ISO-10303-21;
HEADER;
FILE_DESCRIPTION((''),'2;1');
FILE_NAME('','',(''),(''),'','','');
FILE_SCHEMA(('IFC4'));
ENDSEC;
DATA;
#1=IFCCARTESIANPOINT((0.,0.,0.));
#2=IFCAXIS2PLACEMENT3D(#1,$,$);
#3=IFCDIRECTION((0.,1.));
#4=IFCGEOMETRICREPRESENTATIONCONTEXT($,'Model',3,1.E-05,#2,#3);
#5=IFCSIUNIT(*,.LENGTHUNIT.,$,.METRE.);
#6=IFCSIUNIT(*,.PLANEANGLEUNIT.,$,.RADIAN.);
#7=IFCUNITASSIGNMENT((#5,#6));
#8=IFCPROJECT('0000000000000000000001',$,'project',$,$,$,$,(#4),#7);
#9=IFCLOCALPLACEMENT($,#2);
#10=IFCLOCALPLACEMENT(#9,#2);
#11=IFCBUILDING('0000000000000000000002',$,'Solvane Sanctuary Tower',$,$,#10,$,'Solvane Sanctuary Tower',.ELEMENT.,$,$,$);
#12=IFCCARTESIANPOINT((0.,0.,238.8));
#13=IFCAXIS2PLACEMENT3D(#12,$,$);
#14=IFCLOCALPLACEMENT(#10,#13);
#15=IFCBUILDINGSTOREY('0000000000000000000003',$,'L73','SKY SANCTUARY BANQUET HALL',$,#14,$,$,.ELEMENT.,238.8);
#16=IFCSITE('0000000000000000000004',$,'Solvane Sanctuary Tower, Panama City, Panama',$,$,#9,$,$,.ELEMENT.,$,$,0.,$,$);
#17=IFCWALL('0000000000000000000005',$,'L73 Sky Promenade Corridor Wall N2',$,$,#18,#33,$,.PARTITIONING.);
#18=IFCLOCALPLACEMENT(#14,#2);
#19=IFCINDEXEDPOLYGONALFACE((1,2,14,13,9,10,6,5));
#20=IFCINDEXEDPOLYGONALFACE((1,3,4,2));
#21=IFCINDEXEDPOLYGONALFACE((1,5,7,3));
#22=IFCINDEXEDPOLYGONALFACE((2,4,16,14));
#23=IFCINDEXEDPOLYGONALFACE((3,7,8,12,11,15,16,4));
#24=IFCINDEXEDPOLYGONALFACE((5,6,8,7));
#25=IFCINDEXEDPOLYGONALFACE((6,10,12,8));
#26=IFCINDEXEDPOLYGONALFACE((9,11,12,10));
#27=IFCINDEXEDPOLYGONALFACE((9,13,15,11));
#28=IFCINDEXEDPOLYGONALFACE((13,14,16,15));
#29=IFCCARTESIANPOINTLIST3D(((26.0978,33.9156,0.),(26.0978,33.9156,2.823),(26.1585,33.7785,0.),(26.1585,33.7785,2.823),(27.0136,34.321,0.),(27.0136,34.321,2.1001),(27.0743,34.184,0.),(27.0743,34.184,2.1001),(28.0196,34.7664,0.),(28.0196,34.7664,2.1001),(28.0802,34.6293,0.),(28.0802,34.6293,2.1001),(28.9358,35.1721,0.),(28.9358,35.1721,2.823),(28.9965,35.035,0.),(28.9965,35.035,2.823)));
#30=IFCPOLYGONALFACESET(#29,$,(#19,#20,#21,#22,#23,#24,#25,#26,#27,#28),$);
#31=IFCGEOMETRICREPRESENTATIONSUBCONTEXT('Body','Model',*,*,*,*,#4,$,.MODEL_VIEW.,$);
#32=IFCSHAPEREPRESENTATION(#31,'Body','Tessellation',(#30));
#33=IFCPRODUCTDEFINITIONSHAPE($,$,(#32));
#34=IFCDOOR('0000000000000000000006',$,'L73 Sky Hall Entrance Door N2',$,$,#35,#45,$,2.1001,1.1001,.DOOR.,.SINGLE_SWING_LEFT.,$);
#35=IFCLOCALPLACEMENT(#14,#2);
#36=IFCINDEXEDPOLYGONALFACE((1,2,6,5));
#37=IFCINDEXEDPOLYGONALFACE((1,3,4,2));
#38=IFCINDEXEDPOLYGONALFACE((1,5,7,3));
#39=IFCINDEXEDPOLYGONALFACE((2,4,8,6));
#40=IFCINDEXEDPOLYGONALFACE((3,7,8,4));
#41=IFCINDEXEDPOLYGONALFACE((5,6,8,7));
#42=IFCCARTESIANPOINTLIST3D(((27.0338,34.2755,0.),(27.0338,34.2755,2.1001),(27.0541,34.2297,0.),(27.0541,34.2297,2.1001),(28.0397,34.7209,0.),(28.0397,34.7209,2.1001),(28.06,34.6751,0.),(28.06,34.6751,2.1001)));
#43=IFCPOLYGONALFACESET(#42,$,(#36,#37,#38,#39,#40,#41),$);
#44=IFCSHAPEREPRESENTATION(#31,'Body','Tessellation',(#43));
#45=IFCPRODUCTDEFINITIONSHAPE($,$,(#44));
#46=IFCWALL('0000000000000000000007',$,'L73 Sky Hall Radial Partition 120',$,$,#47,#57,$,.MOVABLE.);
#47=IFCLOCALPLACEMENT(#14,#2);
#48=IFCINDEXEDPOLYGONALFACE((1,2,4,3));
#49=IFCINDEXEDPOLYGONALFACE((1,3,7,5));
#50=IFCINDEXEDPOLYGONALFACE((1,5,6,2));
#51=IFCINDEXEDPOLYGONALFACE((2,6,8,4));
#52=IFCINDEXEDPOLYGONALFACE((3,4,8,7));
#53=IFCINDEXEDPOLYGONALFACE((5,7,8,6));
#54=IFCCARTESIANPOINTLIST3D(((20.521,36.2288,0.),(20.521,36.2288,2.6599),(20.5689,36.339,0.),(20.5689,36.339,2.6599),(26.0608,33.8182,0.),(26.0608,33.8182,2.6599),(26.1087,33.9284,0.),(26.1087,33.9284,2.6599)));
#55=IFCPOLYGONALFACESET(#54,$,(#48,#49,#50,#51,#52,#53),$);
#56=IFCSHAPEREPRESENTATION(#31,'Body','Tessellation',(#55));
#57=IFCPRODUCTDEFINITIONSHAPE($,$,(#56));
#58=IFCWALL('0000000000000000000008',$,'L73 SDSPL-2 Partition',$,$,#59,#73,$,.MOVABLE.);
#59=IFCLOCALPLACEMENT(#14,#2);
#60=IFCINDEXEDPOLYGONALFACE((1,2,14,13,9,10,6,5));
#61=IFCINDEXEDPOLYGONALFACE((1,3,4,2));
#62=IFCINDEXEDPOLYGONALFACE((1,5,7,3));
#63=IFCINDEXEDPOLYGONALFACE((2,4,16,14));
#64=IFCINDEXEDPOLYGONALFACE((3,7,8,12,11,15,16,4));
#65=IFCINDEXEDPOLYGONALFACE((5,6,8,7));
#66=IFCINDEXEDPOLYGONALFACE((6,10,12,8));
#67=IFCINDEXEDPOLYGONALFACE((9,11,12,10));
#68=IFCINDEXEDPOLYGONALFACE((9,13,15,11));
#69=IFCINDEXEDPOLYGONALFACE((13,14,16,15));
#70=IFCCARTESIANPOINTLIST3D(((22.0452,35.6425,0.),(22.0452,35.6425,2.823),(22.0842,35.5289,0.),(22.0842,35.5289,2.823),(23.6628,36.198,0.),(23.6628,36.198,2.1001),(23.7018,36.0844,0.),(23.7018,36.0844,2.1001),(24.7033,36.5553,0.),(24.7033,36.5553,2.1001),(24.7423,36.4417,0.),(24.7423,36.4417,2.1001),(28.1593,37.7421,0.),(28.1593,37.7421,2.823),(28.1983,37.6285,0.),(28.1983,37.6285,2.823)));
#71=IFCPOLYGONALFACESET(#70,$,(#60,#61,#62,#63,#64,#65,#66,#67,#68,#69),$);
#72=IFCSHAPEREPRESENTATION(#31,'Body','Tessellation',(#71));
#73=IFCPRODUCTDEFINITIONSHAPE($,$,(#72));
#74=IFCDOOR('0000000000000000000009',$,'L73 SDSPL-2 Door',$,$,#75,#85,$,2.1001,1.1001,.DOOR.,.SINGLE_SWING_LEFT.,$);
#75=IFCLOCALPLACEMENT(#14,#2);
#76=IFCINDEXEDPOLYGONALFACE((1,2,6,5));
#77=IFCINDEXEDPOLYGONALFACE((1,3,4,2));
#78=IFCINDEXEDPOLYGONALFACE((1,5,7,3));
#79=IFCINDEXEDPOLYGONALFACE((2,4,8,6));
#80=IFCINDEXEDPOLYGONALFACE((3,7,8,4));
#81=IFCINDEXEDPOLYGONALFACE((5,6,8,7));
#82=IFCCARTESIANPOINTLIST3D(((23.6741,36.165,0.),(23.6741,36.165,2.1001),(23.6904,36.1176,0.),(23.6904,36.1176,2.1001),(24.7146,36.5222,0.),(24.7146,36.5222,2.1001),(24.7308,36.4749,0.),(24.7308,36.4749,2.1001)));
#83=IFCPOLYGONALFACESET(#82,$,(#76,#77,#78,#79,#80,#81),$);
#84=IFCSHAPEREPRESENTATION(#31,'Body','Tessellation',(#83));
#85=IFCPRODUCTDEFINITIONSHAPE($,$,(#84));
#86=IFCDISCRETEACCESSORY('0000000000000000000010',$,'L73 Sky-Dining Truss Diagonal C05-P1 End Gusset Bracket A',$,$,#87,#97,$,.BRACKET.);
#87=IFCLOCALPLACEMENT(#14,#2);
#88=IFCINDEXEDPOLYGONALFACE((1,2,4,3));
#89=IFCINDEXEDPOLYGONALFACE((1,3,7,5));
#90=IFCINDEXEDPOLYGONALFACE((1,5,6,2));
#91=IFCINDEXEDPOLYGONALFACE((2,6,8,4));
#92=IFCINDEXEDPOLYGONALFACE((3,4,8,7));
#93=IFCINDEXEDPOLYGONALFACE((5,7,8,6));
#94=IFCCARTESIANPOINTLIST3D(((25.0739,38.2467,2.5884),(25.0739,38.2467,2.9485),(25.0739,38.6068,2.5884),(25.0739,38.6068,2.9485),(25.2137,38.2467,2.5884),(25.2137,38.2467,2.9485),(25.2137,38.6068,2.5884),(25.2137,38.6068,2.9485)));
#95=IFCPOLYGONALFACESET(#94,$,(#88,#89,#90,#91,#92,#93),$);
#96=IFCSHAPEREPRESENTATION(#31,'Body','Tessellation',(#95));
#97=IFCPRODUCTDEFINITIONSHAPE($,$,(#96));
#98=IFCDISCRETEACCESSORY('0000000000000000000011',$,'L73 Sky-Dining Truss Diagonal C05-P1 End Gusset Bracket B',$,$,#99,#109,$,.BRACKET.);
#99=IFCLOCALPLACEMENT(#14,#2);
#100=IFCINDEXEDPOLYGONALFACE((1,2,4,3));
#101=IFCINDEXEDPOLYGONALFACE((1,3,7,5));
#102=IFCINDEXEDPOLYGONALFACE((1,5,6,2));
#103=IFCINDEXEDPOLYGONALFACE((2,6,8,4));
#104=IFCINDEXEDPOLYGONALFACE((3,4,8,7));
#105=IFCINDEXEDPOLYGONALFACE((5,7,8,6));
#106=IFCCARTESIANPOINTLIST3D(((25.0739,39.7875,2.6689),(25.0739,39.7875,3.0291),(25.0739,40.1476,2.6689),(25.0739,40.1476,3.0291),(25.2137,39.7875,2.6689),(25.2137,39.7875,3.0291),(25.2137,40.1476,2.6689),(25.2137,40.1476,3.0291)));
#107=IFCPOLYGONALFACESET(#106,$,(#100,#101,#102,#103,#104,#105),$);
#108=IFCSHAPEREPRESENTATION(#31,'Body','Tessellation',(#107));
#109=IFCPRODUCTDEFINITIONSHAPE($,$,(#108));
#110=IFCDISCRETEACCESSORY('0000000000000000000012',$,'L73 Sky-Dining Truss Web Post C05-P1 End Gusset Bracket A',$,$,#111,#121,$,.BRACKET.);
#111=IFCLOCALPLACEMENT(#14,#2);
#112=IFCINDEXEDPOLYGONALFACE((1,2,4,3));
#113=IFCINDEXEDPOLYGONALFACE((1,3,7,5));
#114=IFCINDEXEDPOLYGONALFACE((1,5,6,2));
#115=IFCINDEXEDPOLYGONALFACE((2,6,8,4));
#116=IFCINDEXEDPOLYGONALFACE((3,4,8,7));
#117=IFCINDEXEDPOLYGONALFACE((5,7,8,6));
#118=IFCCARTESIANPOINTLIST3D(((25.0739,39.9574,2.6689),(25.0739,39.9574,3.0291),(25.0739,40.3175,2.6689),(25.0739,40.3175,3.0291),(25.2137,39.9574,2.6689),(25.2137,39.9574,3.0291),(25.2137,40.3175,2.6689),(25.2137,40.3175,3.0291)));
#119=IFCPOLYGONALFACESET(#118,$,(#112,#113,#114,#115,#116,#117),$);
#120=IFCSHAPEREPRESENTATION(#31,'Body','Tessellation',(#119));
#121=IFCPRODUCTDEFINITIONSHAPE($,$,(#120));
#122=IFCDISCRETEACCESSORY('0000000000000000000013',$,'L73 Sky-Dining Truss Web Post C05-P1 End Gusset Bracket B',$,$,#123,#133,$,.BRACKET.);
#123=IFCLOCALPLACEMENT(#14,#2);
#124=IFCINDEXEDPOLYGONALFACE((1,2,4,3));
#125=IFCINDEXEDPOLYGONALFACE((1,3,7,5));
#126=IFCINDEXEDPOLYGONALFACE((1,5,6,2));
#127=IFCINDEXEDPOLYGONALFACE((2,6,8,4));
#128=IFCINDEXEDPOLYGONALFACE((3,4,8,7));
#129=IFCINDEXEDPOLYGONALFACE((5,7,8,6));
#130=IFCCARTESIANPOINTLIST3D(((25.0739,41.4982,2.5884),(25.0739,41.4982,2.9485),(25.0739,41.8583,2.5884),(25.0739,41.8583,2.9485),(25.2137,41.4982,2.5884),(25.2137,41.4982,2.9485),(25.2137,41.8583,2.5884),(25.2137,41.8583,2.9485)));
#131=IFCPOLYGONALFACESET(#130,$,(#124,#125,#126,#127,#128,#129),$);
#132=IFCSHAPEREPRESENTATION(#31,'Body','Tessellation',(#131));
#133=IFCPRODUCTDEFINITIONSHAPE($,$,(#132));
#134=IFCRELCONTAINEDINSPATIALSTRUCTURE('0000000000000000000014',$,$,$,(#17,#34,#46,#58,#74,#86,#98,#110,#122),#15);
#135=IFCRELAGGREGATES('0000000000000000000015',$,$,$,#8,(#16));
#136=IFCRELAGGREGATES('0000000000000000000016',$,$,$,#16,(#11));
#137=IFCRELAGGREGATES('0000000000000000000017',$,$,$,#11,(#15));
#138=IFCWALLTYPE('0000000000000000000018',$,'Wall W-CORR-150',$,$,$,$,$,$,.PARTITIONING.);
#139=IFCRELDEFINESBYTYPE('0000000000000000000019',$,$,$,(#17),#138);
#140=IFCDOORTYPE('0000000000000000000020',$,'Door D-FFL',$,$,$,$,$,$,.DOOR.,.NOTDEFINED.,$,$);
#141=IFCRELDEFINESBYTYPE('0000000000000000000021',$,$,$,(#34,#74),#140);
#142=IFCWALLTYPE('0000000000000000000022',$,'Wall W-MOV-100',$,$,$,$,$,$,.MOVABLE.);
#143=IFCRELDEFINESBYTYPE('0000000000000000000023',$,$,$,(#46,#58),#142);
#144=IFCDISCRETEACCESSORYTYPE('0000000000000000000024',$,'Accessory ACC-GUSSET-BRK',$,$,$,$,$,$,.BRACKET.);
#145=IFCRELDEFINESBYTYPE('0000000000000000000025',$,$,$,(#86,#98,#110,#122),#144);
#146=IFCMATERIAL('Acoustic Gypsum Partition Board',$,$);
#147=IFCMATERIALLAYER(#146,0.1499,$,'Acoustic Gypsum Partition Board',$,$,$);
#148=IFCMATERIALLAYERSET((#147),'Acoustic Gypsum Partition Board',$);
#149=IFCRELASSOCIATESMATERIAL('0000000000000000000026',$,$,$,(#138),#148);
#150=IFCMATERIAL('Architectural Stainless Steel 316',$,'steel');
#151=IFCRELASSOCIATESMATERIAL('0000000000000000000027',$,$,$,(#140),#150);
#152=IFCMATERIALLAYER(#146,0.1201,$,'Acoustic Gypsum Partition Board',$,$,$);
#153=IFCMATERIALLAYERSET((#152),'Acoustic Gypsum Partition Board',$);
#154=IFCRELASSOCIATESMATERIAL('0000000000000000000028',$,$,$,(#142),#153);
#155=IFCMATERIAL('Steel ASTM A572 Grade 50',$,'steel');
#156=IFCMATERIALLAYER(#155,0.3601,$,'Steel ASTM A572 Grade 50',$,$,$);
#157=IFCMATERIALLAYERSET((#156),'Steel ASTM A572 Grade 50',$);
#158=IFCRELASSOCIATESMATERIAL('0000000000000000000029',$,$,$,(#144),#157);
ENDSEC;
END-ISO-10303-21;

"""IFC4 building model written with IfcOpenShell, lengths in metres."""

from ifc_helpers import new_model, si_unit, direction, frame, frame_2d, origin, origin_2d, place, context, subcontext, project, spatial, rectangle, extrude, material, layer, layer_set, type_object, element, fill, save


model = new_model("IFC4")

# Units and contexts
model_context = context("Model", 3, precision=1e-05, world=origin(), true_north=direction((0.0, 1.0)))
body_context = subcontext(model_context, "Body", "Model", "MODEL_VIEW")
ifc_project = project(units=[si_unit("LENGTHUNIT", "METRE"), si_unit("PLANEANGLEUNIT", "RADIAN")], contexts=[model_context])

# Site, building, storey
site_placement = place(None, origin())
site = spatial("IfcSite", under=ifc_project, at=site_placement, Name="Solvane Sanctuary Tower, Panama City, Panama", CompositionType="ELEMENT", RefElevation=0.0)
building_placement = place(site_placement, origin())
building = spatial("IfcBuilding", under=site, at=building_placement, Name="Solvane Sanctuary Tower", LongName="Solvane Sanctuary Tower", CompositionType="ELEMENT")
storey_placement = place(building_placement, frame((0.0, 0.0, 238.8)))
storey = spatial("IfcBuildingStorey", under=building, at=storey_placement, Name="L73", Description="SKY SANCTUARY BANQUET HALL", CompositionType="ELEMENT", Elevation=238.8)

# Shared definitions
ifc_material_1 = material(Name="Acoustic Gypsum Partition Board")
ifc_layer_1 = layer(ifc_material_1, 0.1499, Name="Acoustic Gypsum Partition Board")
ifc_layer_set_1 = layer_set([ifc_layer_1], Name="Acoustic Gypsum Partition Board")
wall_type_1 = type_object("IfcWallType", Name="Wall W-CORR-150", PredefinedType="PARTITIONING", material=ifc_layer_set_1)

# Wall, opening, door
wall_1_placement = place(storey_placement, frame((28.9661, 35.1035, 0.0), z_axis=(0.0, 0.0, 1.0), x_axis=(-0.914385, -0.404846, 0.0)))
wall_1 = element("IfcWall", 1, at=wall_1_placement, inside=storey, type_object=wall_type_1, Name="L73 Sky Promenade Corridor Wall N2", PredefinedType="PARTITIONING", context=body_context, shape_type="SweptSolid", body=[
    extrude(rectangle(XDim=3.1038, YDim=0.1499, at=frame_2d((1.5518, 0.0))), origin(), (0.0, 0.0, 1.0), 2.823),
])
opening_1_placement = place(wall_1_placement, frame((1.002, 0.0, 0.0)))
opening_1 = element("IfcOpeningElement", 2, at=opening_1_placement, cuts=wall_1, PredefinedType="OPENING", context=body_context, shape_type="SweptSolid", body=[
    extrude(rectangle(XDim=1.1001, YDim=2.1001, at=frame_2d((0.55, 1.05))), frame((0.0, 0.085, 0.0), z_axis=(0.0, -1.0, 0.0), x_axis=(1.0, 0.0, 0.0)), (0.0, 0.0, 1.0), 0.1699),
])
ifc_material_2 = material(Name="Architectural Stainless Steel 316", Category="steel")
door_type_1 = type_object("IfcDoorType", Name="Door D-FFL", OperationType="NOTDEFINED", PredefinedType="DOOR", material=ifc_material_2)
door_1_placement = place(opening_1_placement, origin())
door_1 = element("IfcDoor", 3, at=door_1_placement, inside=storey, type_object=door_type_1, Name="L73 Sky Hall Entrance Door N2", OperationType="SINGLE_SWING_LEFT", OverallHeight=2.1001, OverallWidth=1.1001, PredefinedType="DOOR", context=body_context, shape_type="SweptSolid", body=[
    extrude(rectangle(XDim=1.1001, YDim=2.1001, at=frame_2d((0.55, 1.05))), frame((0.0, 0.0249, 0.0), z_axis=(0.0, -1.0, 0.0), x_axis=(1.0, 0.0, 0.0)), (0.0, 0.0, 1.0), 0.05),
])
fill(opening_1, door_1)

# Wall
ifc_layer_2 = layer(ifc_material_1, 0.1201, Name="Acoustic Gypsum Partition Board")
ifc_layer_set_2 = layer_set([ifc_layer_2], Name="Acoustic Gypsum Partition Board")
wall_type_2 = type_object("IfcWallType", Name="Wall W-MOV-100", PredefinedType="MOVABLE", material=ifc_layer_set_2)
wall_2_placement = place(storey_placement, frame((26.0847, 33.8733, 0.0), z_axis=(0.0, 0.0, 1.0), x_axis=(-0.916947, 0.39901, 0.0)))
element("IfcWall", 4, at=wall_2_placement, inside=storey, type_object=wall_type_2, Name="L73 Sky Hall Radial Partition 120", PredefinedType="MOVABLE", context=body_context, shape_type="SweptSolid", body=[
    extrude(rectangle(XDim=6.0415, YDim=0.1201, at=frame_2d((3.0208, 0.0))), origin(), (0.0, 0.0, 1.0), 2.6599),
])

# Wall, opening, door
wall_3_placement = place(storey_placement, frame((28.179, 37.6853, 0.0), z_axis=(0.0, 0.0, 1.0), x_axis=(-0.94579, -0.32478, 0.0)))
wall_3 = element("IfcWall", 5, at=wall_3_placement, inside=storey, type_object=wall_type_2, Name="L73 SDSPL-2 Partition", PredefinedType="MOVABLE", context=body_context, shape_type="SweptSolid", body=[
    extrude(rectangle(XDim=6.4646, YDim=0.1201, at=frame_2d((3.2324, 0.0))), origin(), (0.0, 0.0, 1.0), 2.823),
])
opening_2_placement = place(wall_3_placement, frame((3.6543, 0.0, 0.0)))
opening_2 = element("IfcOpeningElement", 6, at=opening_2_placement, cuts=wall_3, PredefinedType="OPENING", context=body_context, shape_type="SweptSolid", body=[
    extrude(rectangle(XDim=1.1001, YDim=2.1001, at=frame_2d((0.55, 1.05))), frame((0.0, 0.0701, 0.0), z_axis=(0.0, -1.0, 0.0), x_axis=(1.0, 0.0, 0.0)), (0.0, 0.0, 1.0), 0.1401),
])
door_2_placement = place(opening_2_placement, origin())
door_2 = element("IfcDoor", 7, at=door_2_placement, inside=storey, type_object=door_type_1, Name="L73 SDSPL-2 Door", OperationType="SINGLE_SWING_LEFT", OverallHeight=2.1001, OverallWidth=1.1001, PredefinedType="DOOR", context=body_context, shape_type="SweptSolid", body=[
    extrude(rectangle(XDim=1.1001, YDim=2.1001, at=frame_2d((0.55, 1.05))), frame((0.0, 0.0249, 0.0), z_axis=(0.0, -1.0, 0.0), x_axis=(1.0, 0.0, 0.0)), (0.0, 0.0, 1.0), 0.05),
])
fill(opening_2, door_2)

# Discrete accessories
ifc_material_3 = material(Name="Steel ASTM A572 Grade 50", Category="steel")
ifc_layer_3 = layer(ifc_material_3, 0.3601, Name="Steel ASTM A572 Grade 50")
ifc_layer_set_3 = layer_set([ifc_layer_3], Name="Steel ASTM A572 Grade 50")
discrete_accessory_type = type_object("IfcDiscreteAccessoryType", Name="Accessory ACC-GUSSET-BRK", PredefinedType="BRACKET", material=ifc_layer_set_3)
for number, where, z_axis, x_axis, name in (
    (8, (25.1438, 38.4268, 2.5884), (0.0, 0.0, 1.0), (0.0, 1.0, 0.0), "L73 Sky-Dining Truss Diagonal C05-P1 End Gusset Bracket A"),
    (9, (25.1438, 39.9675, 2.6689), (0.0, 0.0, 1.0), (0.0, 1.0, 0.0), "L73 Sky-Dining Truss Diagonal C05-P1 End Gusset Bracket B"),
    (10, (25.1438, 40.1375, 2.6689), (0.0, 0.0, 1.0), (0.0, 1.0, 0.0), "L73 Sky-Dining Truss Web Post C05-P1 End Gusset Bracket A"),
    (11, (25.1438, 41.6782, 2.5884), (0.0, 0.0, 1.0), (0.0, 1.0, 0.0), "L73 Sky-Dining Truss Web Post C05-P1 End Gusset Bracket B"),
):
    element("IfcDiscreteAccessory", number, at=place(storey_placement, frame(where, z_axis=z_axis, x_axis=x_axis)), inside=storey, type_object=discrete_accessory_type, Name=name, PredefinedType="BRACKET", context=body_context, shape_type="SweptSolid", body=[
        extrude(rectangle(XDim=0.3601, YDim=0.1399, at=origin_2d()), origin(), (0.0, 0.0, 1.0), 0.3601),
    ])

save(model, "model.ifc")
